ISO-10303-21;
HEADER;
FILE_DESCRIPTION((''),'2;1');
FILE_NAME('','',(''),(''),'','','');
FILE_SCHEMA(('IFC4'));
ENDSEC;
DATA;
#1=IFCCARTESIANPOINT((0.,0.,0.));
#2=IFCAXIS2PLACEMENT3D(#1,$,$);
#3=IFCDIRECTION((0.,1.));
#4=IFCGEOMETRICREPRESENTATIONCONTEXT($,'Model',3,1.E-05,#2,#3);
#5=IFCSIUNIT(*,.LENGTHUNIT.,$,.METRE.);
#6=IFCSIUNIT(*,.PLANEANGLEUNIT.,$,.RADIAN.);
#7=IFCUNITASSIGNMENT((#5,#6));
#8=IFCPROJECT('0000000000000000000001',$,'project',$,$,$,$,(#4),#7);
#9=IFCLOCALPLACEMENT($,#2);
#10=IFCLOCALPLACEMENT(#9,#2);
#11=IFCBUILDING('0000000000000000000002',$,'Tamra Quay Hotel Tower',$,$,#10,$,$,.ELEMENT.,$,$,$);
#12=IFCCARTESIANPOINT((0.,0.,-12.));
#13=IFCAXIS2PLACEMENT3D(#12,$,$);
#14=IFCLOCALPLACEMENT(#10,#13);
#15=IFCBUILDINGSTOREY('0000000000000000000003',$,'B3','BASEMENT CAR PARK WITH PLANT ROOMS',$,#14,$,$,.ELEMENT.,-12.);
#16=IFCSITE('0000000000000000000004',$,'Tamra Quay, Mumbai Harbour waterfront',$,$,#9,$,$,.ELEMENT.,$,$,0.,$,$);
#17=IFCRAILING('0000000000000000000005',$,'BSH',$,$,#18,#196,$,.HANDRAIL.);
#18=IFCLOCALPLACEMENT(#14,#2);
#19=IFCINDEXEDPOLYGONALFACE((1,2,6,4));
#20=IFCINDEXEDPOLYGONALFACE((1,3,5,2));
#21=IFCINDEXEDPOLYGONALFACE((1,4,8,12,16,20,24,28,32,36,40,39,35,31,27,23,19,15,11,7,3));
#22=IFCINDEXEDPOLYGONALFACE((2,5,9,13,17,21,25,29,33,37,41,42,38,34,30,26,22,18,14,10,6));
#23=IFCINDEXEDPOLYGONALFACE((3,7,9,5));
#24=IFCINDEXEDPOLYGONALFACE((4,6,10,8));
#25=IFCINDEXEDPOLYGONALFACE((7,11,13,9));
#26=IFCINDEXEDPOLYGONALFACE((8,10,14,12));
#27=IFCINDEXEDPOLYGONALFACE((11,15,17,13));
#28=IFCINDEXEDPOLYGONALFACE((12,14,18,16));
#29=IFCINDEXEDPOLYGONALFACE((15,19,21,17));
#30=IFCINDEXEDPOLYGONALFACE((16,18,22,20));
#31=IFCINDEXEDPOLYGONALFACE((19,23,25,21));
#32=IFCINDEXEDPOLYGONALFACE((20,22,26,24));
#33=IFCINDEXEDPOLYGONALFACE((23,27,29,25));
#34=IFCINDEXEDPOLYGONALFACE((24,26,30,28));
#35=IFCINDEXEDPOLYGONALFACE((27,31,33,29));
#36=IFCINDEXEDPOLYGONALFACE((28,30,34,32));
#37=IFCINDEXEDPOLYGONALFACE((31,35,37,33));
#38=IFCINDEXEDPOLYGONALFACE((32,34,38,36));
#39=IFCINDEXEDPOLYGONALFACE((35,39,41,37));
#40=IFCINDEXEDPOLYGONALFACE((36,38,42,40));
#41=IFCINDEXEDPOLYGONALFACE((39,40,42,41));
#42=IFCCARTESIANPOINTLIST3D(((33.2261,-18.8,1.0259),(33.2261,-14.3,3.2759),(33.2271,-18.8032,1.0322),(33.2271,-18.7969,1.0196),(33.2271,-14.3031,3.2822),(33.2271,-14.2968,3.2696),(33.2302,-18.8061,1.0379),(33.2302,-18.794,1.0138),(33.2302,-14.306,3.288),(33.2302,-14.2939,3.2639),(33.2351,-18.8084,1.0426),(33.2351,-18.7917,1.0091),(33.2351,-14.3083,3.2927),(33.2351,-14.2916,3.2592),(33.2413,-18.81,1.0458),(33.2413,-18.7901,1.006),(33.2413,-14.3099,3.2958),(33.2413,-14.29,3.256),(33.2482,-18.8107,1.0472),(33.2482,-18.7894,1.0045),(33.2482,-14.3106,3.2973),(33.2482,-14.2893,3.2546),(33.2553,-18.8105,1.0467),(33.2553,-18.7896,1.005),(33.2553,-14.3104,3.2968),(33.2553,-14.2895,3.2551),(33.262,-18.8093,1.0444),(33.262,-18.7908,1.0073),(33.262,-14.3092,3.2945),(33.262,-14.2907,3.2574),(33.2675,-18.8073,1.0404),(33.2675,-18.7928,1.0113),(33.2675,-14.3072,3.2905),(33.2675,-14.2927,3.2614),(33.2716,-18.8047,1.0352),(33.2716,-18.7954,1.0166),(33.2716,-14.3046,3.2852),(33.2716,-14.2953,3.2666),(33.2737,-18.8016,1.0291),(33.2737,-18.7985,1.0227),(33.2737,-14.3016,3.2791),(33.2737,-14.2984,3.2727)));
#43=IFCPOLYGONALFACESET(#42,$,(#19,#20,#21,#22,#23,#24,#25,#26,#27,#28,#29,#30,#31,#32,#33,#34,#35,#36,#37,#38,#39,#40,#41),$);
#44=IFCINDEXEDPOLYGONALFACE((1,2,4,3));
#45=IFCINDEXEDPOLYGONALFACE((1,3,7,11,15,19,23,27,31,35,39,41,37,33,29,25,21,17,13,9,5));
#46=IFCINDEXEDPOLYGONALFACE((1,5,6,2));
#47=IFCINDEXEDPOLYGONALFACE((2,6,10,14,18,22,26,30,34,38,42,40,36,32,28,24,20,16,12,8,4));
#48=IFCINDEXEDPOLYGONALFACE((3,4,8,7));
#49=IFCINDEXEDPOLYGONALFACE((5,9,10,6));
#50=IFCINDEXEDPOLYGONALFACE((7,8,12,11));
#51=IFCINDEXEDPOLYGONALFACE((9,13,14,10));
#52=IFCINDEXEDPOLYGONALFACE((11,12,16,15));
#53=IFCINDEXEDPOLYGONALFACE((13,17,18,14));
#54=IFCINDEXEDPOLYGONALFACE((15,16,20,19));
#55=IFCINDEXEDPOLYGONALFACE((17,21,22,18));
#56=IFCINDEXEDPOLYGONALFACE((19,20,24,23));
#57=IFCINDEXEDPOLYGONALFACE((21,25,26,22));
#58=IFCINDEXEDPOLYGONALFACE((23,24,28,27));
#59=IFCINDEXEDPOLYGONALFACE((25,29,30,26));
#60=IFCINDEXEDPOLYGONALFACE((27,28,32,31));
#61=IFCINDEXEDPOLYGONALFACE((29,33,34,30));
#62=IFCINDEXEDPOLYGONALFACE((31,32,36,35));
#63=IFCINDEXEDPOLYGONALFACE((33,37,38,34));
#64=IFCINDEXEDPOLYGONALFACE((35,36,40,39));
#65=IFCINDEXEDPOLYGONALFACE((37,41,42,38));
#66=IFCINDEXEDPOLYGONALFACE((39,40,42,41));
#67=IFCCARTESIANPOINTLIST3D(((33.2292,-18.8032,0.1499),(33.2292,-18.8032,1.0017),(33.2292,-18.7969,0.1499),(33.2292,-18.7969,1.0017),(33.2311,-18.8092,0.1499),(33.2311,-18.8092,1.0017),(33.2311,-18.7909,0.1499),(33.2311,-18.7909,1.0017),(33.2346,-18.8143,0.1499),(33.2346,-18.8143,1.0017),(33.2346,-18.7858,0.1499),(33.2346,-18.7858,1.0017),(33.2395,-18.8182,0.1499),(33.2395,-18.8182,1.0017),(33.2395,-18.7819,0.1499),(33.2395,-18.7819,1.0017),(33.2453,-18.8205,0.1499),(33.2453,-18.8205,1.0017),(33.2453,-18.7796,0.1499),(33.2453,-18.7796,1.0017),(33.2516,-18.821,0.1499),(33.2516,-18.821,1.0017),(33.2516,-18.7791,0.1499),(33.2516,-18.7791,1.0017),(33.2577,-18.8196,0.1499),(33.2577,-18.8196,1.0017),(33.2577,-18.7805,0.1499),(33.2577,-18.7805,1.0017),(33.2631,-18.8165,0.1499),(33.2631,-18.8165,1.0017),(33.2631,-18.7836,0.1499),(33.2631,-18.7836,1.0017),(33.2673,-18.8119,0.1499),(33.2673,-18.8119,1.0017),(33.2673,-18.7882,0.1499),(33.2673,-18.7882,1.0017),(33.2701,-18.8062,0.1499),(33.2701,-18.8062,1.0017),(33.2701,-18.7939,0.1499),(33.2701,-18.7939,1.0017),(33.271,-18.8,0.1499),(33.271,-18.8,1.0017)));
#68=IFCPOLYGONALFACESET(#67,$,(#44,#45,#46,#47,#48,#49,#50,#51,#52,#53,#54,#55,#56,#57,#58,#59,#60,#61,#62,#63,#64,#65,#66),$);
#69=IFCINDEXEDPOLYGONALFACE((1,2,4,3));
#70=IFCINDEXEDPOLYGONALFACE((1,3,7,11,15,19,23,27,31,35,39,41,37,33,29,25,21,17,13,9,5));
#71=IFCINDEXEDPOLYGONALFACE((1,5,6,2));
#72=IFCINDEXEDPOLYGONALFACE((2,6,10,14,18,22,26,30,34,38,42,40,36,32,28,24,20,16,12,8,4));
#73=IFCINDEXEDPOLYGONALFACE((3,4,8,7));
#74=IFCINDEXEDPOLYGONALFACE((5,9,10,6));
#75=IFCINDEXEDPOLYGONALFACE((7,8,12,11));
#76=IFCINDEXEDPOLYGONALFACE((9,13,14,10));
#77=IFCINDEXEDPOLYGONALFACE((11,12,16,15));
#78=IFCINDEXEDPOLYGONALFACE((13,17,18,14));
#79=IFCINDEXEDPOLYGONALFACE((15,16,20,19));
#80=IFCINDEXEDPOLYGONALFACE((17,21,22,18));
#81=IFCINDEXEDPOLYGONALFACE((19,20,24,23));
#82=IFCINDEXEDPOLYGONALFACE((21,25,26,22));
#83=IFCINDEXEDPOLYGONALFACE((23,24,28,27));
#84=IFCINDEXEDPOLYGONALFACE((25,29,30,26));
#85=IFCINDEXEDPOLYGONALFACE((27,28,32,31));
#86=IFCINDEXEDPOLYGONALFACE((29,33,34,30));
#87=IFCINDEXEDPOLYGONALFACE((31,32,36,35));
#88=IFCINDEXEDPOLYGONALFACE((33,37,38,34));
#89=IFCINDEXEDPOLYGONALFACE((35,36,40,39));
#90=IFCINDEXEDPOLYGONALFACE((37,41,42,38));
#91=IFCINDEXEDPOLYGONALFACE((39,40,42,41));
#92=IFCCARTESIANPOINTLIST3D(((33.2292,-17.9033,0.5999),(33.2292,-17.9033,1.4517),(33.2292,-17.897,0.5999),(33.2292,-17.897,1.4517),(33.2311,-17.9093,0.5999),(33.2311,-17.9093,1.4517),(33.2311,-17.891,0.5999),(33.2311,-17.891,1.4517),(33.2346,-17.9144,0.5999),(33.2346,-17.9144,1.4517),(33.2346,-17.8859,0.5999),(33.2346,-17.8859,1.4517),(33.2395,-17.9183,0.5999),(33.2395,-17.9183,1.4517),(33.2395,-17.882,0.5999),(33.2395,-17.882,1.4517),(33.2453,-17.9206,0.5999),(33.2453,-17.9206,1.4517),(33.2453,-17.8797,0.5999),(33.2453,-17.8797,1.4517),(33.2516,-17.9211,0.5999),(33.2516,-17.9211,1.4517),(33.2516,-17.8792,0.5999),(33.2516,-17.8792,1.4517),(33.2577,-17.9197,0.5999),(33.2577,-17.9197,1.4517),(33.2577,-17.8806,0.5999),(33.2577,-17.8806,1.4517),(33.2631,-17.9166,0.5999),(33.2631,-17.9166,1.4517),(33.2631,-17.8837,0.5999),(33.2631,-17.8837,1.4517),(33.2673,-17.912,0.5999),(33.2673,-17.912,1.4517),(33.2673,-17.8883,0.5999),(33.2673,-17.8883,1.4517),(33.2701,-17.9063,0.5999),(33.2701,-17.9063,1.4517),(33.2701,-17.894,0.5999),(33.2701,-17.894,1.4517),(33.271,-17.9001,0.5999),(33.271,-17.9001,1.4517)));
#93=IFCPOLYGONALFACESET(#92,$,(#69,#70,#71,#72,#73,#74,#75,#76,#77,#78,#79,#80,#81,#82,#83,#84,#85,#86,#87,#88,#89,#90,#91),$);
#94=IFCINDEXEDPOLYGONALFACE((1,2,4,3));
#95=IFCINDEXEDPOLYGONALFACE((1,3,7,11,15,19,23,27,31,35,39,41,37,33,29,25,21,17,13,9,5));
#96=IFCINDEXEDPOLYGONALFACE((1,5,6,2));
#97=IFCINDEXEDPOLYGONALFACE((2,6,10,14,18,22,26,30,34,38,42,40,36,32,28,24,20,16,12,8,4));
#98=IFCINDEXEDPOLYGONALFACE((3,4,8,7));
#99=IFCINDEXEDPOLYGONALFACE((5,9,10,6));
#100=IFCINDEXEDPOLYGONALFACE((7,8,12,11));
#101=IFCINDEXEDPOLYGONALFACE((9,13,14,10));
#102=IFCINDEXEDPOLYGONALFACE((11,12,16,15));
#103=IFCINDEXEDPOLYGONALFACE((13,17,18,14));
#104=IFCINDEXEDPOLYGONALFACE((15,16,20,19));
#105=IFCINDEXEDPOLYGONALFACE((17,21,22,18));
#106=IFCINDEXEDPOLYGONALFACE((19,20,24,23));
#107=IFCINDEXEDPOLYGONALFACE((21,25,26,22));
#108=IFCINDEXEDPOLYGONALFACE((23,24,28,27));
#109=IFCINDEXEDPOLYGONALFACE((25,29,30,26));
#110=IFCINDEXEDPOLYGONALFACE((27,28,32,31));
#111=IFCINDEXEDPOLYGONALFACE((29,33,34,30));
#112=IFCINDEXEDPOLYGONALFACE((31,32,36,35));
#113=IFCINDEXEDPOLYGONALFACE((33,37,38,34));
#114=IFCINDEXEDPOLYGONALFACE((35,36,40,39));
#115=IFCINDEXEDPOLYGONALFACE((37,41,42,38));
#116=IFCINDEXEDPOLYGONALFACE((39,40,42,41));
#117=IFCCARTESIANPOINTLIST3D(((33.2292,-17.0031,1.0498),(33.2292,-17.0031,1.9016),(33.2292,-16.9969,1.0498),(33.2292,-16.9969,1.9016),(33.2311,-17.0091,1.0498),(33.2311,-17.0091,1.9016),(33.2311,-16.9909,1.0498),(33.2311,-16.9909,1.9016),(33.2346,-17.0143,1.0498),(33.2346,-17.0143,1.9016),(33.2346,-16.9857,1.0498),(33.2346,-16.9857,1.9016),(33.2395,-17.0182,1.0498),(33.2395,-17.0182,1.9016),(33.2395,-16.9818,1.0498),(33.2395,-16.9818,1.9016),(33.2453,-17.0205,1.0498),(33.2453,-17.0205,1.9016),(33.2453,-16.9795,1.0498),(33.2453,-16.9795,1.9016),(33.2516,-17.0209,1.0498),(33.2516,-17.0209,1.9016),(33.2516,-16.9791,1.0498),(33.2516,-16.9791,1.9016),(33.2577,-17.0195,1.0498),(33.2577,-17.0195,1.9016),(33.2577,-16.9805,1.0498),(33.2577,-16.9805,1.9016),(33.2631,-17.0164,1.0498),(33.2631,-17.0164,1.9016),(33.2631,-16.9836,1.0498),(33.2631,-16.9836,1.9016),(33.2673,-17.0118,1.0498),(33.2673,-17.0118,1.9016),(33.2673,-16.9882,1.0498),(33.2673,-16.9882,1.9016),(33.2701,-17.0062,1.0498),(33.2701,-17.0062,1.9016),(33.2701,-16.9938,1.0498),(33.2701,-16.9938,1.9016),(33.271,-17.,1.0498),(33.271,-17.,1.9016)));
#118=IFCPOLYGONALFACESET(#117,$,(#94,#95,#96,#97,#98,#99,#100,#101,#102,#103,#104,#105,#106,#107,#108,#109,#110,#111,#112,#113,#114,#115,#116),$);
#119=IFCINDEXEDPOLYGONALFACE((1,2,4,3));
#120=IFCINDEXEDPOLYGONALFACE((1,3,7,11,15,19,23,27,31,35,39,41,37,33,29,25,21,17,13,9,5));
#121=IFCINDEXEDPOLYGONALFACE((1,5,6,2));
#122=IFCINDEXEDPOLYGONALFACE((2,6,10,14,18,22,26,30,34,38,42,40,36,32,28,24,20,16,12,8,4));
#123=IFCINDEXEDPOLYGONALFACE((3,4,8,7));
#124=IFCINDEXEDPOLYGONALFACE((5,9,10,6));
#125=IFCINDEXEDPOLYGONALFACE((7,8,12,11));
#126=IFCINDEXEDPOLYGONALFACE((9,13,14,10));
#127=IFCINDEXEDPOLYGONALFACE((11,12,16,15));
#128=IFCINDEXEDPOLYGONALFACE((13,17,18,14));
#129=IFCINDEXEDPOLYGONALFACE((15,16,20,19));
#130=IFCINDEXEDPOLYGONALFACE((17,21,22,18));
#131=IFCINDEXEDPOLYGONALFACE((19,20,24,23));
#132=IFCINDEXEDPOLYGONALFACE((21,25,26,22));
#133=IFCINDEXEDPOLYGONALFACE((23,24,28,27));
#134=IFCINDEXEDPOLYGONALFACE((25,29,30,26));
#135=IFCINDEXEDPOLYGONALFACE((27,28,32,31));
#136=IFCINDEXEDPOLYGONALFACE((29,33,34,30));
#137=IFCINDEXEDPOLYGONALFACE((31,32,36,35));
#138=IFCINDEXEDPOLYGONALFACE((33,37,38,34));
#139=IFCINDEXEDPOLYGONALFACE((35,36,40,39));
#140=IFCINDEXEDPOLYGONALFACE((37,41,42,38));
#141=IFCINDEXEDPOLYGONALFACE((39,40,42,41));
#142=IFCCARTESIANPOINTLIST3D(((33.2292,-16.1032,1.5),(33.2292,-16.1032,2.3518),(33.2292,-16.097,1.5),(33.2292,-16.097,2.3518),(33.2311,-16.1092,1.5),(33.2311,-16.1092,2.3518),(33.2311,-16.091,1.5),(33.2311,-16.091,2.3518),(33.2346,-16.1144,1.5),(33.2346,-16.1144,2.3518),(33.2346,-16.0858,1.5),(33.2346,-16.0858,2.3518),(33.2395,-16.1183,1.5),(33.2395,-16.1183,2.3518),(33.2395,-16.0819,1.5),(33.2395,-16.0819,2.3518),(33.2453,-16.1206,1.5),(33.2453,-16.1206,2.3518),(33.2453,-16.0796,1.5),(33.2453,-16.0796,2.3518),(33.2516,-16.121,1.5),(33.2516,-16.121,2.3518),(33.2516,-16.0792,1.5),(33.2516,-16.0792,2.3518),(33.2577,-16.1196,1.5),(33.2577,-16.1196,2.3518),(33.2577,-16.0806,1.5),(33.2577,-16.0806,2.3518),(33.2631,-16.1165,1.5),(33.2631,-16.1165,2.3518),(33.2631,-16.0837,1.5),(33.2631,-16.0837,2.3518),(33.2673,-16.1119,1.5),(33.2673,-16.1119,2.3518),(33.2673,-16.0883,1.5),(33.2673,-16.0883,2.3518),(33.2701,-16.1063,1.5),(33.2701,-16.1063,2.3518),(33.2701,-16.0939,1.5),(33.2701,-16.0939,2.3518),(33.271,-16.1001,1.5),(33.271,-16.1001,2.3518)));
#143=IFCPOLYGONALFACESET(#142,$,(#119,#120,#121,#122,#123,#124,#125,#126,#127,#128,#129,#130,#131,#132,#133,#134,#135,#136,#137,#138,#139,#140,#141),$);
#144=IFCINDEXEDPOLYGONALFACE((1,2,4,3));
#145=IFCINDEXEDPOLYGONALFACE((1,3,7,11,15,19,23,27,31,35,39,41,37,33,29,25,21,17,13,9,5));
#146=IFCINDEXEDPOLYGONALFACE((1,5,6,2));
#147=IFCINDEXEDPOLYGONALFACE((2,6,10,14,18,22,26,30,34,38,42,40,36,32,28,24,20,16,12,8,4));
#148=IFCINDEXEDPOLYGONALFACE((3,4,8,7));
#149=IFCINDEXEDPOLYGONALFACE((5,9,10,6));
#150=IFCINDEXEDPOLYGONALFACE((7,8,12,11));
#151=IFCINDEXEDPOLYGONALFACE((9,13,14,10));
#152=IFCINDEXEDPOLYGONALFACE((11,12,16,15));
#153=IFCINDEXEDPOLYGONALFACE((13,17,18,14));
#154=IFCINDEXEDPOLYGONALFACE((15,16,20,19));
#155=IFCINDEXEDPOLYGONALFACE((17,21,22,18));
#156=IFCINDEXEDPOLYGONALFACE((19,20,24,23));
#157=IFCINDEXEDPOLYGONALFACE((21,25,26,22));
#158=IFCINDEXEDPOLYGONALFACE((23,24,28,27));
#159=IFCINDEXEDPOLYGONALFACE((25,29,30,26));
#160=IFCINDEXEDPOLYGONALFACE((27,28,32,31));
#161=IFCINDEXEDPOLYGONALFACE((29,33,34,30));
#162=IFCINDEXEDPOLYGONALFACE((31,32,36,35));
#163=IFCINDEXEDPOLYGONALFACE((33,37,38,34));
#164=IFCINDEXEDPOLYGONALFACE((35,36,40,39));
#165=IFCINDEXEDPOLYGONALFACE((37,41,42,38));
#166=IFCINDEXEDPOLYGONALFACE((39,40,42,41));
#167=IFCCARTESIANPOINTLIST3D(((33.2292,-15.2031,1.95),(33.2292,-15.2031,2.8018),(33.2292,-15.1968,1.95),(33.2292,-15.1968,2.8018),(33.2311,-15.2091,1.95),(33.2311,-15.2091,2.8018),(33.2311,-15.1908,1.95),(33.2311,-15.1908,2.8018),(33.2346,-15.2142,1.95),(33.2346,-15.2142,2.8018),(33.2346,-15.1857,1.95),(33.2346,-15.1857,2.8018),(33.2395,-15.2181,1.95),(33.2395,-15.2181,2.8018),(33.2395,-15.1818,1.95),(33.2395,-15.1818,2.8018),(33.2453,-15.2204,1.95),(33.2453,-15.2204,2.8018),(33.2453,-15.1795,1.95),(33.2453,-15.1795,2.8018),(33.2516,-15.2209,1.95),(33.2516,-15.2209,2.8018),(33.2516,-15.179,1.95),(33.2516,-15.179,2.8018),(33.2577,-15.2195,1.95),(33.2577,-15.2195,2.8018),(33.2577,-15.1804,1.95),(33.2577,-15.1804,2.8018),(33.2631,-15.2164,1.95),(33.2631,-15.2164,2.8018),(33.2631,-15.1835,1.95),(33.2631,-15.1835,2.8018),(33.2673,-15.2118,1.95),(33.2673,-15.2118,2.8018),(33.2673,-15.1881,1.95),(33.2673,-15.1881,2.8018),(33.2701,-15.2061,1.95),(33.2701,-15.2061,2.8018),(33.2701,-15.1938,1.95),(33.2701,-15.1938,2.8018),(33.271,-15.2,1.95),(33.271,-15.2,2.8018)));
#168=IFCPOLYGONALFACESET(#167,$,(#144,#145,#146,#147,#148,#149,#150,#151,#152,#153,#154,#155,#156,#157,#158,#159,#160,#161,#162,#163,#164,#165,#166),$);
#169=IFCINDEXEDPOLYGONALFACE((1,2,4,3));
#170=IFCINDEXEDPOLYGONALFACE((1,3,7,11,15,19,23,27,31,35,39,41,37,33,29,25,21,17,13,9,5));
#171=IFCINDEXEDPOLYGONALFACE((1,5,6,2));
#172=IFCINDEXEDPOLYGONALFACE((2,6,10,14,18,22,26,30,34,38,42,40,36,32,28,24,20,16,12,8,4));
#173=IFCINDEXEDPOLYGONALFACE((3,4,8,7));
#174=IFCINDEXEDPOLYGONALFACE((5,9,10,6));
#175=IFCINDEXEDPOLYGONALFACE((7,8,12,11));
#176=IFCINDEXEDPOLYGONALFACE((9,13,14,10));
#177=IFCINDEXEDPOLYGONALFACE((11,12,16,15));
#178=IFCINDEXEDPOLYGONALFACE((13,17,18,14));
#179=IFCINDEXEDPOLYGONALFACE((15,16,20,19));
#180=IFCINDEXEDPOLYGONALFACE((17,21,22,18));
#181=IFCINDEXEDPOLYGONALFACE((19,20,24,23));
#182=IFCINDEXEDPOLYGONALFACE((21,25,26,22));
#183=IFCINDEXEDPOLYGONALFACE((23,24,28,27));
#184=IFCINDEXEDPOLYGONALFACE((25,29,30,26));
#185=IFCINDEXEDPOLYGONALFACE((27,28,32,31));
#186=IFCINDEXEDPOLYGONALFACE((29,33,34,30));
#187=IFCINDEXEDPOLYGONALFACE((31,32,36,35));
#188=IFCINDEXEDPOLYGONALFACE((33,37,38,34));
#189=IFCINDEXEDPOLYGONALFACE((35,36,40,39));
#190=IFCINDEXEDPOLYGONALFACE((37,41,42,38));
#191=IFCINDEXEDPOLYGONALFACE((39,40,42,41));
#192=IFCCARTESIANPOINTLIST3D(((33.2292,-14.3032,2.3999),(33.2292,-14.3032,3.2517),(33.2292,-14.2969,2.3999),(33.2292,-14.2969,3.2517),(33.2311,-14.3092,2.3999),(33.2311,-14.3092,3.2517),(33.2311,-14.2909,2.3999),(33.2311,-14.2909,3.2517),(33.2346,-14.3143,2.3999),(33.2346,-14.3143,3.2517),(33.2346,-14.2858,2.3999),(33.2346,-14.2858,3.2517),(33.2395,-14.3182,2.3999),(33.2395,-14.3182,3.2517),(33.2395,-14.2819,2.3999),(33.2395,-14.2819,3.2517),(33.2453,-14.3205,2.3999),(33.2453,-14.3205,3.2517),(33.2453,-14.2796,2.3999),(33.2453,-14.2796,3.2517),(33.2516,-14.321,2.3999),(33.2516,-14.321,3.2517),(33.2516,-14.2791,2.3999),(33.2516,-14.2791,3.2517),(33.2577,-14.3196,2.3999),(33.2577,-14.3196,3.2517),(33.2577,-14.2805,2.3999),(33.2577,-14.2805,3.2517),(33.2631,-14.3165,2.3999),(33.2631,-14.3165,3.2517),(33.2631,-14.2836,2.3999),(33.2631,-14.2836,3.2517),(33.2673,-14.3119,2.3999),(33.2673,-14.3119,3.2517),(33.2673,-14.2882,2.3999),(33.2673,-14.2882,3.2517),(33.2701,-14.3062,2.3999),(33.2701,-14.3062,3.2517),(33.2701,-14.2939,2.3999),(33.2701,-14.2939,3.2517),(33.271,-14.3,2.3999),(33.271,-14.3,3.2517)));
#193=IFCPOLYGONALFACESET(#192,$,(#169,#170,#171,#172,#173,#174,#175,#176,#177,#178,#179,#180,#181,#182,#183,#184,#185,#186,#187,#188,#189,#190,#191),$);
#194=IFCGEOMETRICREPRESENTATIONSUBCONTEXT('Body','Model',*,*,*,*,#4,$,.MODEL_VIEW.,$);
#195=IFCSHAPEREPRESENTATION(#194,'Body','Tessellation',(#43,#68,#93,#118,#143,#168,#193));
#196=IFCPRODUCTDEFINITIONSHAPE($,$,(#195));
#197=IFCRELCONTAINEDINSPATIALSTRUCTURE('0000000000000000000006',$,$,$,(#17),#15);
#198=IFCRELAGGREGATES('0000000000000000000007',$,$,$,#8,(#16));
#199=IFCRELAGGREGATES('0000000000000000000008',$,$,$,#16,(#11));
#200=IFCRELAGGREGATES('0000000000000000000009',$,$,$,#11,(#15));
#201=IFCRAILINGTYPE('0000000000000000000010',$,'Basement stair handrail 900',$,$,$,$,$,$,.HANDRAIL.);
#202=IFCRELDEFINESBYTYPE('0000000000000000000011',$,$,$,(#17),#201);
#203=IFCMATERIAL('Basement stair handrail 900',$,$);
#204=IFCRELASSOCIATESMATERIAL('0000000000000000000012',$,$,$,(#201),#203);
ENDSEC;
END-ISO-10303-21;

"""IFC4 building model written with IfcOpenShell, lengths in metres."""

from ifc_helpers import new_model, si_unit, direction, frame, origin, origin_2d, place, context, subcontext, project, spatial, circle, extrude, material, type_object, element, save


model = new_model("IFC4")

# Units and contexts
model_context = context("Model", 3, precision=1e-05, world=origin(), true_north=direction((0.0, 1.0)))
body_context = subcontext(model_context, "Body", "Model", "MODEL_VIEW")
ifc_project = project(units=[si_unit("LENGTHUNIT", "METRE"), si_unit("PLANEANGLEUNIT", "RADIAN")], contexts=[model_context])

# Site, building, storey
site_placement = place(None, origin())
site = spatial("IfcSite", under=ifc_project, at=site_placement, Name="Tamra Quay, Mumbai Harbour waterfront", CompositionType="ELEMENT", RefElevation=0.0)
building_placement = place(site_placement, origin())
building = spatial("IfcBuilding", under=site, at=building_placement, Name="Tamra Quay Hotel Tower", CompositionType="ELEMENT")
storey_placement = place(building_placement, frame((0.0, 0.0, -12.0)))
storey = spatial("IfcBuildingStorey", under=building, at=storey_placement, Name="B3", Description="BASEMENT CAR PARK WITH PLANT ROOMS", CompositionType="ELEMENT", Elevation=-12.0)

# Railing
ifc_material_1 = material(Name="Basement stair handrail 900")
railing_type_1 = type_object("IfcRailingType", Name="Basement stair handrail 900", PredefinedType="HANDRAIL", material=ifc_material_1)
railing_1_placement = place(storey_placement, frame((33.25, -18.8, 0.1499)))
element("IfcRailing", 1, at=railing_1_placement, inside=storey, type_object=railing_type_1, Name="BSH", PredefinedType="HANDRAIL", context=body_context, shape_type="SweptSolid", body=[
    extrude(circle(Radius=0.0239, at=origin_2d()), frame((0.0, 0.0, 0.876), z_axis=(0.0, 0.894427, 0.447214), x_axis=(-1.0, 0.0, 0.0)), (0.0, 0.0, 1.0), 5.0312),
    extrude(circle(Radius=0.021, at=origin_2d()), origin(), (0.0, 0.0, 1.0), 0.8518),
    extrude(circle(Radius=0.021, at=origin_2d()), frame((0.0, 0.8999, 0.45)), (0.0, 0.0, 1.0), 0.8518),
    extrude(circle(Radius=0.021, at=origin_2d()), frame((0.0, 1.8, 0.8999)), (0.0, 0.0, 1.0), 0.8518),
    extrude(circle(Radius=0.021, at=origin_2d()), frame((0.0, 2.7, 1.3501)), (0.0, 0.0, 1.0), 0.8518),
    extrude(circle(Radius=0.021, at=origin_2d()), frame((0.0, 3.6001, 1.8)), (0.0, 0.0, 1.0), 0.8518),
    extrude(circle(Radius=0.021, at=origin_2d()), frame((0.0, 4.5, 2.25)), (0.0, 0.0, 1.0), 0.8518),
])

save(model, "model.ifc")
